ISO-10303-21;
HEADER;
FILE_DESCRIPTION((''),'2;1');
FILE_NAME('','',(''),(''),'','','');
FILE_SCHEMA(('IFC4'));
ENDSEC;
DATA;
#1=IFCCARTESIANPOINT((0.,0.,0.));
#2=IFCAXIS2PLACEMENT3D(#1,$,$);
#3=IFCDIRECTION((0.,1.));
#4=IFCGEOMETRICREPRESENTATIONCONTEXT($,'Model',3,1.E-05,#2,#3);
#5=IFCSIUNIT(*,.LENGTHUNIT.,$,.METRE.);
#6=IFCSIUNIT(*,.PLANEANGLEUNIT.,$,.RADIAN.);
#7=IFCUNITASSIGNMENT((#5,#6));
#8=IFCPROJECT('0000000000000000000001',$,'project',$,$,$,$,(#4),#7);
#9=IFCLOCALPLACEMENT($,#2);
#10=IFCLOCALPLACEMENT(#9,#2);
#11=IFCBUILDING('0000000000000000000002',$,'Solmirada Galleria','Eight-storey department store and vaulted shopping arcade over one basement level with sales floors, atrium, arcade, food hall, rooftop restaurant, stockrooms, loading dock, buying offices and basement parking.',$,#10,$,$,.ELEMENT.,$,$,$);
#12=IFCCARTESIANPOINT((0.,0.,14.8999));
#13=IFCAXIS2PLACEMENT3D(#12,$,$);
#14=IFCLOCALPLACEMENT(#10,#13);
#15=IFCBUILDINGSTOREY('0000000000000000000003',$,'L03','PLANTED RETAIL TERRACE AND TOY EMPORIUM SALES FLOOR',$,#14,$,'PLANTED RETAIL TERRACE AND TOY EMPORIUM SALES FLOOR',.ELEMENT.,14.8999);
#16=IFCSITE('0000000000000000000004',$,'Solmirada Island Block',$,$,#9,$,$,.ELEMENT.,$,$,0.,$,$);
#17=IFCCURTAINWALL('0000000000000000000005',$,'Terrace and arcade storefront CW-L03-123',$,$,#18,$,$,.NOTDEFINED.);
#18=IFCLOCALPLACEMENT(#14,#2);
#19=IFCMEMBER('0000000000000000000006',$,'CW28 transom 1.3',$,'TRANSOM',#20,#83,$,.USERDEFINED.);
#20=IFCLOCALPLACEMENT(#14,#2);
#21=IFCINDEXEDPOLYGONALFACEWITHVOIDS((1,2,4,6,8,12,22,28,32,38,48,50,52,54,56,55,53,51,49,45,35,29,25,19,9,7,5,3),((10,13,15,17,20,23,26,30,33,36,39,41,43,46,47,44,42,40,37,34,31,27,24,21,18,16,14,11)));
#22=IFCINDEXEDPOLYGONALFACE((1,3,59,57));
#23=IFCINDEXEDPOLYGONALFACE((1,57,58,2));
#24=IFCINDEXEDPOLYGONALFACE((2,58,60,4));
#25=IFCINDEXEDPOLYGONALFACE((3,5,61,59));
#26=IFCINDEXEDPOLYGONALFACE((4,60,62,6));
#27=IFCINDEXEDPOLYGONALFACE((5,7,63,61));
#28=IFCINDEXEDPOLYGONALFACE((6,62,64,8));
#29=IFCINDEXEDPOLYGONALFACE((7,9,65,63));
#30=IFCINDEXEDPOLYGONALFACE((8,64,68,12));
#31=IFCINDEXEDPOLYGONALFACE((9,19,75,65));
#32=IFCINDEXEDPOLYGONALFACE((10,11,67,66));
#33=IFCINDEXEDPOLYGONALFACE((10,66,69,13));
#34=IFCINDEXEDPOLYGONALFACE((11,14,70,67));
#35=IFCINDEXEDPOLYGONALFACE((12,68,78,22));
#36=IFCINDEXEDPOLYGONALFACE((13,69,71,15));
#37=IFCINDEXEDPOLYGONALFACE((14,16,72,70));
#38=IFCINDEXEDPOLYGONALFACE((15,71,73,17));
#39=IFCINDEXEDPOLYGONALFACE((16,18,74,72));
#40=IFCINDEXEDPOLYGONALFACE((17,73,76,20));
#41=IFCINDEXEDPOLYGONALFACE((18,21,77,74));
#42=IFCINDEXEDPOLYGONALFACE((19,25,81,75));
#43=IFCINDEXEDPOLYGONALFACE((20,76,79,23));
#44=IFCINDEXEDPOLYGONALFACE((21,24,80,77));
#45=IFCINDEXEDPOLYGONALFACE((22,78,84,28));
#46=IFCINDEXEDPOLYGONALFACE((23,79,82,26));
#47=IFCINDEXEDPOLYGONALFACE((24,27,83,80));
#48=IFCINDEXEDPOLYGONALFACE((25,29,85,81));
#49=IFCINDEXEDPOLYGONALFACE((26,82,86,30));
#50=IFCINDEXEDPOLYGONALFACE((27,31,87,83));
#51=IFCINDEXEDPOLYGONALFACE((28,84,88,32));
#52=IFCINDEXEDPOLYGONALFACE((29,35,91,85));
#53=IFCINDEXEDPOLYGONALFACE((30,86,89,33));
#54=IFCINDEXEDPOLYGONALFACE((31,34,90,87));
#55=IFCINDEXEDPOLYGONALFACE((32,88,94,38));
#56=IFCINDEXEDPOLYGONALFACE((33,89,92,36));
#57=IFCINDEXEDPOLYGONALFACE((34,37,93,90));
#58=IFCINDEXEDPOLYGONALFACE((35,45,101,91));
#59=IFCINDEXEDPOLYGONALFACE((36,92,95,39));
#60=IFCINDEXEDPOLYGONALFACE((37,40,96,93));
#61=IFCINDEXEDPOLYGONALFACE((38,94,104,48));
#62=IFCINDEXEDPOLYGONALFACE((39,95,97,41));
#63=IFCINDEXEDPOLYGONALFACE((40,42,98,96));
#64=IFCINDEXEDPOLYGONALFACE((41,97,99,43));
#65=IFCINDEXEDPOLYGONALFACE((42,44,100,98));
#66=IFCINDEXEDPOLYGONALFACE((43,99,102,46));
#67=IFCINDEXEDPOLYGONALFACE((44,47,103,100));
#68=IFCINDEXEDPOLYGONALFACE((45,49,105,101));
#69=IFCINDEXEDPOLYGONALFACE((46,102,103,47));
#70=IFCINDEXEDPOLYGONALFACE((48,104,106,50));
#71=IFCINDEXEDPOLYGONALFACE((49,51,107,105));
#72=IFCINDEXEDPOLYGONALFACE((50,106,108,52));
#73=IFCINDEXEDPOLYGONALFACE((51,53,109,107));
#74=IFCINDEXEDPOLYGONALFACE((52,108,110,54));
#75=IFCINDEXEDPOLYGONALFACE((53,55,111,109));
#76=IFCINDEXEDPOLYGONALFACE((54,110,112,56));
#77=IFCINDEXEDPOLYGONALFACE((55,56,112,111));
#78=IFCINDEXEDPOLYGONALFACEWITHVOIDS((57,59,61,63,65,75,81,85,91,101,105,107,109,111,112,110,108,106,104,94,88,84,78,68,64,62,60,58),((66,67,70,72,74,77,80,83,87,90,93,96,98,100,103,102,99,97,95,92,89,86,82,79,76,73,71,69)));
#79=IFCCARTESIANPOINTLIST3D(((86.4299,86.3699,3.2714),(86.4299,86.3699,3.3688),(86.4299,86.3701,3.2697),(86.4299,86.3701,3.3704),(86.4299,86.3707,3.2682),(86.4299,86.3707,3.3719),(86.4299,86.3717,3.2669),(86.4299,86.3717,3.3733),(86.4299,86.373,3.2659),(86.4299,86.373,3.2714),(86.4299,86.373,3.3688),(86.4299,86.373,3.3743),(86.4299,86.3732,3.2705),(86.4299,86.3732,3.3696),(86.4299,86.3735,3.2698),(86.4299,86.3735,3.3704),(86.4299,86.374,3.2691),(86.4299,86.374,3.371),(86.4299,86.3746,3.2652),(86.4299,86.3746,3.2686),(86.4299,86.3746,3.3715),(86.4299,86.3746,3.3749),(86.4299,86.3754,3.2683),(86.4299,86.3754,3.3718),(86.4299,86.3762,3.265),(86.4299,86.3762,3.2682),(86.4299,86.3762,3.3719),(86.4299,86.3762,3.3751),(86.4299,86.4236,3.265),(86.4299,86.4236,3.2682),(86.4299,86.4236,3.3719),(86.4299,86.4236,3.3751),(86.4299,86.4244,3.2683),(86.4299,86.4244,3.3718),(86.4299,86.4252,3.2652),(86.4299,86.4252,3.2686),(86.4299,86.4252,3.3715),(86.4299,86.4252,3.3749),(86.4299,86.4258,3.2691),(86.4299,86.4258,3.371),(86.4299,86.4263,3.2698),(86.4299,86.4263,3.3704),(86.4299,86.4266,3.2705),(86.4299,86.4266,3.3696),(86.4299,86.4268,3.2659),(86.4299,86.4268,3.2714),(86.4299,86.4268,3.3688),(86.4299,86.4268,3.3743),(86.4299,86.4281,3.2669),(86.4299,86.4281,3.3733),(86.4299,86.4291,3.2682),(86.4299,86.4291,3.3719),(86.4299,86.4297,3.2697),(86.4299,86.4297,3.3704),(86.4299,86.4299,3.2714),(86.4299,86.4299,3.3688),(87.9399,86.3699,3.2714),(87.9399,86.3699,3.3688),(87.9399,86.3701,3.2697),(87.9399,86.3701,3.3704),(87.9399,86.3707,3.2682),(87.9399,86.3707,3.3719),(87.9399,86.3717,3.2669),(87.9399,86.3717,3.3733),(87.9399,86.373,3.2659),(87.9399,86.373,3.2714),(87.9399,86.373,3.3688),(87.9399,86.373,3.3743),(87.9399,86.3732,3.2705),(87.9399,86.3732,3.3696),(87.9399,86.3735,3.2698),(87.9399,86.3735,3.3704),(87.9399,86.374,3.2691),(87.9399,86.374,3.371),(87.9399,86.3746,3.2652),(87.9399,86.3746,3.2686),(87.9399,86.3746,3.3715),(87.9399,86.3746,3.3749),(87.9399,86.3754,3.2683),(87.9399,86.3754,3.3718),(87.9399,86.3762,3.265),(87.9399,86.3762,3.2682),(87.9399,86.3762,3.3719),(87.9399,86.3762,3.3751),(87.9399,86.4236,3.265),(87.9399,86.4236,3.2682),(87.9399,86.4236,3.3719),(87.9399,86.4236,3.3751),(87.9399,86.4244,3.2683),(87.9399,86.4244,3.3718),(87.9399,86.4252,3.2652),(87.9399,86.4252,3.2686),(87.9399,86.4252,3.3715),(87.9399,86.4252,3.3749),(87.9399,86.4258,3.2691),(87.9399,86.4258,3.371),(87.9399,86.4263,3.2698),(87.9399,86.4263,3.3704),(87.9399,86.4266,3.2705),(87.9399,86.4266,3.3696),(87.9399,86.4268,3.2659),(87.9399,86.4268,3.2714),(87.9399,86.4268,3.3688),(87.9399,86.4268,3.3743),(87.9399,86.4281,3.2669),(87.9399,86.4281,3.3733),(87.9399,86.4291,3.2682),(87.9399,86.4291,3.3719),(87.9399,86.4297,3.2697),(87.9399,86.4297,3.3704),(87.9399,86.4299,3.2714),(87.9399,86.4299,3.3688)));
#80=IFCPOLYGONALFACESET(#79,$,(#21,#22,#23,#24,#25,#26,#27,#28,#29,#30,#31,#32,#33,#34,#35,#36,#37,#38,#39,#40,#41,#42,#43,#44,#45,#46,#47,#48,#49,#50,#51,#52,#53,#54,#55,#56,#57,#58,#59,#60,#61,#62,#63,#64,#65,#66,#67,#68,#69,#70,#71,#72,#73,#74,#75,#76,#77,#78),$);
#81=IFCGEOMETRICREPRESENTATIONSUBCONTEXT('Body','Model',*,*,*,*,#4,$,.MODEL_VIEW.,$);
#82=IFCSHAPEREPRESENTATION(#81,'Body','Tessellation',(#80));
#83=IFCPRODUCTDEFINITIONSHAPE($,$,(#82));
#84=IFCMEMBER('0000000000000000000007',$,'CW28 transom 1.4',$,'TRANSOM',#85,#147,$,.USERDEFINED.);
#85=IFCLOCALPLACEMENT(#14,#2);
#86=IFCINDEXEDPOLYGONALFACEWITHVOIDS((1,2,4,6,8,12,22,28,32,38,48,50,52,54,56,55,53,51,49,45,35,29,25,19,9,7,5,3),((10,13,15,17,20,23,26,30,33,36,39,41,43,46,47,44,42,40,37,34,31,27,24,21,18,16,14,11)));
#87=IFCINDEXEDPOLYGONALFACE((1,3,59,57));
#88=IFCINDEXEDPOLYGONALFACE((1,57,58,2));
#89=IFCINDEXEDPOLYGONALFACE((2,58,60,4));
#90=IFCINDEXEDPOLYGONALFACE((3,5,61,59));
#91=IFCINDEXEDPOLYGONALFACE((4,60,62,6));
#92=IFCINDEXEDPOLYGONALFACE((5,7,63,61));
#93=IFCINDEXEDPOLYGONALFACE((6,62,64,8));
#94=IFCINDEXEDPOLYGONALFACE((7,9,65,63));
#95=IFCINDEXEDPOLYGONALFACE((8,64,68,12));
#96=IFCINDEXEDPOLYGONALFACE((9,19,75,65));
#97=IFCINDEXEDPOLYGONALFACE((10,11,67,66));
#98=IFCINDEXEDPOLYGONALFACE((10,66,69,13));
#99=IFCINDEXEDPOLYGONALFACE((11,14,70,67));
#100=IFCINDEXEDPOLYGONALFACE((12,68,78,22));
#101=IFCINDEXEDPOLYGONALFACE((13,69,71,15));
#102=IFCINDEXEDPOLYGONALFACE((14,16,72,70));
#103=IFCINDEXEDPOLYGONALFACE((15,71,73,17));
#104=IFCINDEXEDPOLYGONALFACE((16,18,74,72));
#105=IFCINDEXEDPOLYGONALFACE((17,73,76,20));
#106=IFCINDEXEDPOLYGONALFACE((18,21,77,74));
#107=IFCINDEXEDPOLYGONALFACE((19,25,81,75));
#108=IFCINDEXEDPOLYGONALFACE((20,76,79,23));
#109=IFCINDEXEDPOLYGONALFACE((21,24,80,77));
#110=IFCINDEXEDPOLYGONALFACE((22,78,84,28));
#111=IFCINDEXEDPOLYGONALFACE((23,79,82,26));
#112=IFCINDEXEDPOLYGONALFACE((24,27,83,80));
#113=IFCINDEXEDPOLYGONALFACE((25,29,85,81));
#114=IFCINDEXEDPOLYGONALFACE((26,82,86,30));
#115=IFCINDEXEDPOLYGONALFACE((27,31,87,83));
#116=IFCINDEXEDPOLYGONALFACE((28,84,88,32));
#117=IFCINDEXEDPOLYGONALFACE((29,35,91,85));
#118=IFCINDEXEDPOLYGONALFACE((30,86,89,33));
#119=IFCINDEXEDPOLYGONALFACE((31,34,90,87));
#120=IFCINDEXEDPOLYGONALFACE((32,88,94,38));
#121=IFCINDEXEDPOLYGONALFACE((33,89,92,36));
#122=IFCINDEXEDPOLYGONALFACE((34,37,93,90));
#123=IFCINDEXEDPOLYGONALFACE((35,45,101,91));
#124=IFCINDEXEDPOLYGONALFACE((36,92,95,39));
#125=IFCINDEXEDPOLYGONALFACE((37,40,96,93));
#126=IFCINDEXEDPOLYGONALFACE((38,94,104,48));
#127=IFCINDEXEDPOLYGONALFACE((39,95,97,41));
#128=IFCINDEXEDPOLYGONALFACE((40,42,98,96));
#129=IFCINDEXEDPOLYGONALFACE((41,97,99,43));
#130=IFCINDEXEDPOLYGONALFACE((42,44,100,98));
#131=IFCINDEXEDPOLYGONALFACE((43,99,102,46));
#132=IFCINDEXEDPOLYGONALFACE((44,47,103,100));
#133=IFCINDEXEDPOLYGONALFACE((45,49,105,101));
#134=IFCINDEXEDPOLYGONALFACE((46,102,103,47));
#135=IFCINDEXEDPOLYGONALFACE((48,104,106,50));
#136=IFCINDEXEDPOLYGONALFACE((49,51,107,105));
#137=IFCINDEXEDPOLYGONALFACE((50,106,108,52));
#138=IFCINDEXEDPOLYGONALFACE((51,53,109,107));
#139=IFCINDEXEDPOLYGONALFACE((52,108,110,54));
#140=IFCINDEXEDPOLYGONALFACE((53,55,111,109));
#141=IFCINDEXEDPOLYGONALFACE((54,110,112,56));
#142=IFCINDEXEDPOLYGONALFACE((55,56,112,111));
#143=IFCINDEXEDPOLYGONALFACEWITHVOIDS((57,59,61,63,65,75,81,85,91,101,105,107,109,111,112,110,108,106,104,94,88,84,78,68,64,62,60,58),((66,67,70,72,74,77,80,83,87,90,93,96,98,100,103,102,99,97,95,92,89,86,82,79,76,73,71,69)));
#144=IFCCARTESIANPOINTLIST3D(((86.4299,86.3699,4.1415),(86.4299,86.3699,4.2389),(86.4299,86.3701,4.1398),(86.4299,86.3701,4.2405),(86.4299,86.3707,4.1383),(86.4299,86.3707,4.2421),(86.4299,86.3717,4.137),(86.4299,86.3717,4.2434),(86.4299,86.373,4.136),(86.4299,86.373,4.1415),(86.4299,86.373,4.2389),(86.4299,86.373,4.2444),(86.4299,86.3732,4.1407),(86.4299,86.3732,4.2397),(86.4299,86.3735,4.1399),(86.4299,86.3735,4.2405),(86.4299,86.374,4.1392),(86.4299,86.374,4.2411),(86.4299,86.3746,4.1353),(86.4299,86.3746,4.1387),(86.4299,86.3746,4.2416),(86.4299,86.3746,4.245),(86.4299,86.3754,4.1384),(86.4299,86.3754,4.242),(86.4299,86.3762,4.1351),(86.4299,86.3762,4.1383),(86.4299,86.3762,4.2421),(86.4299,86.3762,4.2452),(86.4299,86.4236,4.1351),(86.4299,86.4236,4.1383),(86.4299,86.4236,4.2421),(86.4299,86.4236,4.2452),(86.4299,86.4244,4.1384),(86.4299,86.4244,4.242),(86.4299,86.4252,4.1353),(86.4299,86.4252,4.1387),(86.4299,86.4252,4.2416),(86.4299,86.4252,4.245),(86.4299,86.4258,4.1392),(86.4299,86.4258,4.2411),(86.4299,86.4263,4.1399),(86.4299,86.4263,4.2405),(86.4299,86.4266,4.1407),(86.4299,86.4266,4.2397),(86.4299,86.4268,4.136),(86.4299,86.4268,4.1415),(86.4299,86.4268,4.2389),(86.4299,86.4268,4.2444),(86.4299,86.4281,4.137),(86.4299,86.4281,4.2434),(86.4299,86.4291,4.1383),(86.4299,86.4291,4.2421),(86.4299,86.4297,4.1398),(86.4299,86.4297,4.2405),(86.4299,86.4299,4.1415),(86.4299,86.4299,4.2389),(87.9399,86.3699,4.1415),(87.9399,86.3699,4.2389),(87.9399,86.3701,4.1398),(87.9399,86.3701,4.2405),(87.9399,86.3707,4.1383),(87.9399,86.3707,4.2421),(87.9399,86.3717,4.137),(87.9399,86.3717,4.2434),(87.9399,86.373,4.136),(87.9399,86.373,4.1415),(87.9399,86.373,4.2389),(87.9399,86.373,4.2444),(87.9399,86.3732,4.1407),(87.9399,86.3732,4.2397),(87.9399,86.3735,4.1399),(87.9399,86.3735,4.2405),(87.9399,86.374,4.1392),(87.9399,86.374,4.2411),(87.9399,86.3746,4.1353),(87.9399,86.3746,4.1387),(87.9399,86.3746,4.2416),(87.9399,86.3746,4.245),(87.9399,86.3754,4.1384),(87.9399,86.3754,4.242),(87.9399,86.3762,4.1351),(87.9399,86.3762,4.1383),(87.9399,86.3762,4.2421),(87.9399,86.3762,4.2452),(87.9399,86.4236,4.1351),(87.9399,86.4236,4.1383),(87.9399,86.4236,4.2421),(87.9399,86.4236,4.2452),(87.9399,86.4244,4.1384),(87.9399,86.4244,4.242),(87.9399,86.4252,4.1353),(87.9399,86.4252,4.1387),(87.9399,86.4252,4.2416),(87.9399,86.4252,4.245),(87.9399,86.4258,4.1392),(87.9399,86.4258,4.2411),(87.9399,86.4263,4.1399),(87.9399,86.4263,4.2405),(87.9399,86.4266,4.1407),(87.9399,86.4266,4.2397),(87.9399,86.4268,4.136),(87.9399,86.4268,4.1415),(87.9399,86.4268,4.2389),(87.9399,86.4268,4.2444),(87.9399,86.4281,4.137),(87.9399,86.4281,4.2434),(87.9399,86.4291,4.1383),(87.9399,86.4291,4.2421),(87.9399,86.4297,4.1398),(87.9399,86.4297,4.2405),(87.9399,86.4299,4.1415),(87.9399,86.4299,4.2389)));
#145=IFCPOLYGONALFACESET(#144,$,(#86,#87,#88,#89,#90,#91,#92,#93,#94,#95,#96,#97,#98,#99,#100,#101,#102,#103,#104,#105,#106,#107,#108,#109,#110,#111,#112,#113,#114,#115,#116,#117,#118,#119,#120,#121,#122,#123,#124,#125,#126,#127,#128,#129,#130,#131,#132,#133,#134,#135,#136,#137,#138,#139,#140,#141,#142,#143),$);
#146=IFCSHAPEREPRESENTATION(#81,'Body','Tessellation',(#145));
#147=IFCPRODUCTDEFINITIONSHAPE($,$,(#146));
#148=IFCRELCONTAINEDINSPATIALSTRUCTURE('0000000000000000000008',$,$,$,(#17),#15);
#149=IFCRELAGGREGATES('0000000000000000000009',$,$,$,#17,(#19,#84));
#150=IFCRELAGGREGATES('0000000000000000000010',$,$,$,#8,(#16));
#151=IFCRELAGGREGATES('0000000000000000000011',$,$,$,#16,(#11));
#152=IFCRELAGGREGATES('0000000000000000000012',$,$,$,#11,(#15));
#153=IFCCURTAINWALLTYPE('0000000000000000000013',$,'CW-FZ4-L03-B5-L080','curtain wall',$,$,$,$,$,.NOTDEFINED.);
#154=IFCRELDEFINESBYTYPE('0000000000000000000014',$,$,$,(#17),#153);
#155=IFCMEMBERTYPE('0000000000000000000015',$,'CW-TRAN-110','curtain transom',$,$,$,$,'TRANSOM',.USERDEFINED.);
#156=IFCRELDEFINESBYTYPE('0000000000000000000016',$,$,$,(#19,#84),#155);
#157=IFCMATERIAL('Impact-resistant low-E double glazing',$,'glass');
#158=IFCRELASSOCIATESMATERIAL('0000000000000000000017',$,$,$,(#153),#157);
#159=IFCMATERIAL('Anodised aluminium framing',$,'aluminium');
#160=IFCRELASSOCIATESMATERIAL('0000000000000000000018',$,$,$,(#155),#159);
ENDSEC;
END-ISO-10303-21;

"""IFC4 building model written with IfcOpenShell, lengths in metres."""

from ifc_helpers import new_model, si_unit, direction, frame, origin, origin_2d, place, context, subcontext, project, spatial, hollow_rectangle, extrude, material, material_profile, profile_set, type_object, element, aggregate, save


model = new_model("IFC4")

# Units and contexts
model_context = context("Model", 3, precision=1e-05, world=origin(), true_north=direction((0.0, 1.0)))
body_context = subcontext(model_context, "Body", "Model", "MODEL_VIEW")
ifc_project = project(units=[si_unit("LENGTHUNIT", "METRE"), si_unit("PLANEANGLEUNIT", "RADIAN")], contexts=[model_context])

# Site, building, storey
site_placement = place(None, origin())
site = spatial("IfcSite", under=ifc_project, at=site_placement, Name="Solmirada Island Block", CompositionType="ELEMENT", RefElevation=0.0)
building_placement = place(site_placement, origin())
building = spatial("IfcBuilding", under=site, at=building_placement, Name="Solmirada Galleria", Description="Eight-storey department store and vaulted shopping arcade over one basement level with sales floors, atrium, arcade, food hall, rooftop restaurant, stockrooms, loading dock, buying offices and basement parking.", CompositionType="ELEMENT")
storey_placement = place(building_placement, frame((0.0, 0.0, 14.8999)))
storey = spatial("IfcBuildingStorey", under=building, at=storey_placement, Name="L03", Description="PLANTED RETAIL TERRACE AND TOY EMPORIUM SALES FLOOR", LongName="PLANTED RETAIL TERRACE AND TOY EMPORIUM SALES FLOOR", CompositionType="ELEMENT", Elevation=14.8999)

# Curtain wall
ifc_material_1 = material(Name="Impact-resistant low-E double glazing", Category="glass")
curtain_wall_type = type_object("IfcCurtainWallType", Name="CW-FZ4-L03-B5-L080", Description="curtain wall", PredefinedType="NOTDEFINED", material=ifc_material_1)
curtain_wall_1_placement = place(storey_placement, origin())
curtain_wall_1 = element("IfcCurtainWall", 1, at=curtain_wall_1_placement, inside=storey, type_object=curtain_wall_type, Name="Terrace and arcade storefront CW-L03-123", PredefinedType="NOTDEFINED")
ifc_material_2 = material(Name="Anodised aluminium framing", Category="aluminium")

# Members
ifc_material_profile_1 = material_profile(ifc_material_2, hollow_rectangle(XDim=0.0601, YDim=0.1101, WallThickness=0.0032, InnerFilletRadius=0.0032, OuterFilletRadius=0.0063, at=origin_2d()), Name="ALU-TRAN-110X60")
ifc_profile_set_1 = profile_set([ifc_material_profile_1], Name="Anodised aluminium framing")
member_type_1 = type_object("IfcMemberType", Name="CW-TRAN-110", Description="curtain transom", ElementType="TRANSOM", PredefinedType="USERDEFINED", material=ifc_profile_set_1)
member_1_placement = place(storey_placement, frame((87.9399, 86.3999, 3.3201), z_axis=(-1.0, 0.0, 0.0), x_axis=(0.0, -1.0, 0.0)))
member_1 = element("IfcMember", 2, at=member_1_placement, type_object=member_type_1, Name="CW28 transom 1.3", ObjectType="TRANSOM", PredefinedType="USERDEFINED", context=body_context, shape_type="SweptSolid", body=[
    extrude(hollow_rectangle(XDim=0.0601, YDim=0.1101, WallThickness=0.0032, InnerFilletRadius=0.0032, OuterFilletRadius=0.0063, at=origin_2d()), origin(), (0.0, 0.0, 1.0), 1.51),
])
member_2_placement = place(storey_placement, frame((87.9399, 86.3999, 4.1902), z_axis=(-1.0, 0.0, 0.0), x_axis=(0.0, -1.0, 0.0)))
member_2 = element("IfcMember", 3, at=member_2_placement, type_object=member_type_1, Name="CW28 transom 1.4", ObjectType="TRANSOM", PredefinedType="USERDEFINED", context=body_context, shape_type="SweptSolid", body=[
    extrude(hollow_rectangle(XDim=0.0601, YDim=0.1101, WallThickness=0.0032, InnerFilletRadius=0.0032, OuterFilletRadius=0.0063, at=origin_2d()), origin(), (0.0, 0.0, 1.0), 1.51),
])

aggregate(curtain_wall_1, [member_1, member_2])

save(model, "model.ifc")
